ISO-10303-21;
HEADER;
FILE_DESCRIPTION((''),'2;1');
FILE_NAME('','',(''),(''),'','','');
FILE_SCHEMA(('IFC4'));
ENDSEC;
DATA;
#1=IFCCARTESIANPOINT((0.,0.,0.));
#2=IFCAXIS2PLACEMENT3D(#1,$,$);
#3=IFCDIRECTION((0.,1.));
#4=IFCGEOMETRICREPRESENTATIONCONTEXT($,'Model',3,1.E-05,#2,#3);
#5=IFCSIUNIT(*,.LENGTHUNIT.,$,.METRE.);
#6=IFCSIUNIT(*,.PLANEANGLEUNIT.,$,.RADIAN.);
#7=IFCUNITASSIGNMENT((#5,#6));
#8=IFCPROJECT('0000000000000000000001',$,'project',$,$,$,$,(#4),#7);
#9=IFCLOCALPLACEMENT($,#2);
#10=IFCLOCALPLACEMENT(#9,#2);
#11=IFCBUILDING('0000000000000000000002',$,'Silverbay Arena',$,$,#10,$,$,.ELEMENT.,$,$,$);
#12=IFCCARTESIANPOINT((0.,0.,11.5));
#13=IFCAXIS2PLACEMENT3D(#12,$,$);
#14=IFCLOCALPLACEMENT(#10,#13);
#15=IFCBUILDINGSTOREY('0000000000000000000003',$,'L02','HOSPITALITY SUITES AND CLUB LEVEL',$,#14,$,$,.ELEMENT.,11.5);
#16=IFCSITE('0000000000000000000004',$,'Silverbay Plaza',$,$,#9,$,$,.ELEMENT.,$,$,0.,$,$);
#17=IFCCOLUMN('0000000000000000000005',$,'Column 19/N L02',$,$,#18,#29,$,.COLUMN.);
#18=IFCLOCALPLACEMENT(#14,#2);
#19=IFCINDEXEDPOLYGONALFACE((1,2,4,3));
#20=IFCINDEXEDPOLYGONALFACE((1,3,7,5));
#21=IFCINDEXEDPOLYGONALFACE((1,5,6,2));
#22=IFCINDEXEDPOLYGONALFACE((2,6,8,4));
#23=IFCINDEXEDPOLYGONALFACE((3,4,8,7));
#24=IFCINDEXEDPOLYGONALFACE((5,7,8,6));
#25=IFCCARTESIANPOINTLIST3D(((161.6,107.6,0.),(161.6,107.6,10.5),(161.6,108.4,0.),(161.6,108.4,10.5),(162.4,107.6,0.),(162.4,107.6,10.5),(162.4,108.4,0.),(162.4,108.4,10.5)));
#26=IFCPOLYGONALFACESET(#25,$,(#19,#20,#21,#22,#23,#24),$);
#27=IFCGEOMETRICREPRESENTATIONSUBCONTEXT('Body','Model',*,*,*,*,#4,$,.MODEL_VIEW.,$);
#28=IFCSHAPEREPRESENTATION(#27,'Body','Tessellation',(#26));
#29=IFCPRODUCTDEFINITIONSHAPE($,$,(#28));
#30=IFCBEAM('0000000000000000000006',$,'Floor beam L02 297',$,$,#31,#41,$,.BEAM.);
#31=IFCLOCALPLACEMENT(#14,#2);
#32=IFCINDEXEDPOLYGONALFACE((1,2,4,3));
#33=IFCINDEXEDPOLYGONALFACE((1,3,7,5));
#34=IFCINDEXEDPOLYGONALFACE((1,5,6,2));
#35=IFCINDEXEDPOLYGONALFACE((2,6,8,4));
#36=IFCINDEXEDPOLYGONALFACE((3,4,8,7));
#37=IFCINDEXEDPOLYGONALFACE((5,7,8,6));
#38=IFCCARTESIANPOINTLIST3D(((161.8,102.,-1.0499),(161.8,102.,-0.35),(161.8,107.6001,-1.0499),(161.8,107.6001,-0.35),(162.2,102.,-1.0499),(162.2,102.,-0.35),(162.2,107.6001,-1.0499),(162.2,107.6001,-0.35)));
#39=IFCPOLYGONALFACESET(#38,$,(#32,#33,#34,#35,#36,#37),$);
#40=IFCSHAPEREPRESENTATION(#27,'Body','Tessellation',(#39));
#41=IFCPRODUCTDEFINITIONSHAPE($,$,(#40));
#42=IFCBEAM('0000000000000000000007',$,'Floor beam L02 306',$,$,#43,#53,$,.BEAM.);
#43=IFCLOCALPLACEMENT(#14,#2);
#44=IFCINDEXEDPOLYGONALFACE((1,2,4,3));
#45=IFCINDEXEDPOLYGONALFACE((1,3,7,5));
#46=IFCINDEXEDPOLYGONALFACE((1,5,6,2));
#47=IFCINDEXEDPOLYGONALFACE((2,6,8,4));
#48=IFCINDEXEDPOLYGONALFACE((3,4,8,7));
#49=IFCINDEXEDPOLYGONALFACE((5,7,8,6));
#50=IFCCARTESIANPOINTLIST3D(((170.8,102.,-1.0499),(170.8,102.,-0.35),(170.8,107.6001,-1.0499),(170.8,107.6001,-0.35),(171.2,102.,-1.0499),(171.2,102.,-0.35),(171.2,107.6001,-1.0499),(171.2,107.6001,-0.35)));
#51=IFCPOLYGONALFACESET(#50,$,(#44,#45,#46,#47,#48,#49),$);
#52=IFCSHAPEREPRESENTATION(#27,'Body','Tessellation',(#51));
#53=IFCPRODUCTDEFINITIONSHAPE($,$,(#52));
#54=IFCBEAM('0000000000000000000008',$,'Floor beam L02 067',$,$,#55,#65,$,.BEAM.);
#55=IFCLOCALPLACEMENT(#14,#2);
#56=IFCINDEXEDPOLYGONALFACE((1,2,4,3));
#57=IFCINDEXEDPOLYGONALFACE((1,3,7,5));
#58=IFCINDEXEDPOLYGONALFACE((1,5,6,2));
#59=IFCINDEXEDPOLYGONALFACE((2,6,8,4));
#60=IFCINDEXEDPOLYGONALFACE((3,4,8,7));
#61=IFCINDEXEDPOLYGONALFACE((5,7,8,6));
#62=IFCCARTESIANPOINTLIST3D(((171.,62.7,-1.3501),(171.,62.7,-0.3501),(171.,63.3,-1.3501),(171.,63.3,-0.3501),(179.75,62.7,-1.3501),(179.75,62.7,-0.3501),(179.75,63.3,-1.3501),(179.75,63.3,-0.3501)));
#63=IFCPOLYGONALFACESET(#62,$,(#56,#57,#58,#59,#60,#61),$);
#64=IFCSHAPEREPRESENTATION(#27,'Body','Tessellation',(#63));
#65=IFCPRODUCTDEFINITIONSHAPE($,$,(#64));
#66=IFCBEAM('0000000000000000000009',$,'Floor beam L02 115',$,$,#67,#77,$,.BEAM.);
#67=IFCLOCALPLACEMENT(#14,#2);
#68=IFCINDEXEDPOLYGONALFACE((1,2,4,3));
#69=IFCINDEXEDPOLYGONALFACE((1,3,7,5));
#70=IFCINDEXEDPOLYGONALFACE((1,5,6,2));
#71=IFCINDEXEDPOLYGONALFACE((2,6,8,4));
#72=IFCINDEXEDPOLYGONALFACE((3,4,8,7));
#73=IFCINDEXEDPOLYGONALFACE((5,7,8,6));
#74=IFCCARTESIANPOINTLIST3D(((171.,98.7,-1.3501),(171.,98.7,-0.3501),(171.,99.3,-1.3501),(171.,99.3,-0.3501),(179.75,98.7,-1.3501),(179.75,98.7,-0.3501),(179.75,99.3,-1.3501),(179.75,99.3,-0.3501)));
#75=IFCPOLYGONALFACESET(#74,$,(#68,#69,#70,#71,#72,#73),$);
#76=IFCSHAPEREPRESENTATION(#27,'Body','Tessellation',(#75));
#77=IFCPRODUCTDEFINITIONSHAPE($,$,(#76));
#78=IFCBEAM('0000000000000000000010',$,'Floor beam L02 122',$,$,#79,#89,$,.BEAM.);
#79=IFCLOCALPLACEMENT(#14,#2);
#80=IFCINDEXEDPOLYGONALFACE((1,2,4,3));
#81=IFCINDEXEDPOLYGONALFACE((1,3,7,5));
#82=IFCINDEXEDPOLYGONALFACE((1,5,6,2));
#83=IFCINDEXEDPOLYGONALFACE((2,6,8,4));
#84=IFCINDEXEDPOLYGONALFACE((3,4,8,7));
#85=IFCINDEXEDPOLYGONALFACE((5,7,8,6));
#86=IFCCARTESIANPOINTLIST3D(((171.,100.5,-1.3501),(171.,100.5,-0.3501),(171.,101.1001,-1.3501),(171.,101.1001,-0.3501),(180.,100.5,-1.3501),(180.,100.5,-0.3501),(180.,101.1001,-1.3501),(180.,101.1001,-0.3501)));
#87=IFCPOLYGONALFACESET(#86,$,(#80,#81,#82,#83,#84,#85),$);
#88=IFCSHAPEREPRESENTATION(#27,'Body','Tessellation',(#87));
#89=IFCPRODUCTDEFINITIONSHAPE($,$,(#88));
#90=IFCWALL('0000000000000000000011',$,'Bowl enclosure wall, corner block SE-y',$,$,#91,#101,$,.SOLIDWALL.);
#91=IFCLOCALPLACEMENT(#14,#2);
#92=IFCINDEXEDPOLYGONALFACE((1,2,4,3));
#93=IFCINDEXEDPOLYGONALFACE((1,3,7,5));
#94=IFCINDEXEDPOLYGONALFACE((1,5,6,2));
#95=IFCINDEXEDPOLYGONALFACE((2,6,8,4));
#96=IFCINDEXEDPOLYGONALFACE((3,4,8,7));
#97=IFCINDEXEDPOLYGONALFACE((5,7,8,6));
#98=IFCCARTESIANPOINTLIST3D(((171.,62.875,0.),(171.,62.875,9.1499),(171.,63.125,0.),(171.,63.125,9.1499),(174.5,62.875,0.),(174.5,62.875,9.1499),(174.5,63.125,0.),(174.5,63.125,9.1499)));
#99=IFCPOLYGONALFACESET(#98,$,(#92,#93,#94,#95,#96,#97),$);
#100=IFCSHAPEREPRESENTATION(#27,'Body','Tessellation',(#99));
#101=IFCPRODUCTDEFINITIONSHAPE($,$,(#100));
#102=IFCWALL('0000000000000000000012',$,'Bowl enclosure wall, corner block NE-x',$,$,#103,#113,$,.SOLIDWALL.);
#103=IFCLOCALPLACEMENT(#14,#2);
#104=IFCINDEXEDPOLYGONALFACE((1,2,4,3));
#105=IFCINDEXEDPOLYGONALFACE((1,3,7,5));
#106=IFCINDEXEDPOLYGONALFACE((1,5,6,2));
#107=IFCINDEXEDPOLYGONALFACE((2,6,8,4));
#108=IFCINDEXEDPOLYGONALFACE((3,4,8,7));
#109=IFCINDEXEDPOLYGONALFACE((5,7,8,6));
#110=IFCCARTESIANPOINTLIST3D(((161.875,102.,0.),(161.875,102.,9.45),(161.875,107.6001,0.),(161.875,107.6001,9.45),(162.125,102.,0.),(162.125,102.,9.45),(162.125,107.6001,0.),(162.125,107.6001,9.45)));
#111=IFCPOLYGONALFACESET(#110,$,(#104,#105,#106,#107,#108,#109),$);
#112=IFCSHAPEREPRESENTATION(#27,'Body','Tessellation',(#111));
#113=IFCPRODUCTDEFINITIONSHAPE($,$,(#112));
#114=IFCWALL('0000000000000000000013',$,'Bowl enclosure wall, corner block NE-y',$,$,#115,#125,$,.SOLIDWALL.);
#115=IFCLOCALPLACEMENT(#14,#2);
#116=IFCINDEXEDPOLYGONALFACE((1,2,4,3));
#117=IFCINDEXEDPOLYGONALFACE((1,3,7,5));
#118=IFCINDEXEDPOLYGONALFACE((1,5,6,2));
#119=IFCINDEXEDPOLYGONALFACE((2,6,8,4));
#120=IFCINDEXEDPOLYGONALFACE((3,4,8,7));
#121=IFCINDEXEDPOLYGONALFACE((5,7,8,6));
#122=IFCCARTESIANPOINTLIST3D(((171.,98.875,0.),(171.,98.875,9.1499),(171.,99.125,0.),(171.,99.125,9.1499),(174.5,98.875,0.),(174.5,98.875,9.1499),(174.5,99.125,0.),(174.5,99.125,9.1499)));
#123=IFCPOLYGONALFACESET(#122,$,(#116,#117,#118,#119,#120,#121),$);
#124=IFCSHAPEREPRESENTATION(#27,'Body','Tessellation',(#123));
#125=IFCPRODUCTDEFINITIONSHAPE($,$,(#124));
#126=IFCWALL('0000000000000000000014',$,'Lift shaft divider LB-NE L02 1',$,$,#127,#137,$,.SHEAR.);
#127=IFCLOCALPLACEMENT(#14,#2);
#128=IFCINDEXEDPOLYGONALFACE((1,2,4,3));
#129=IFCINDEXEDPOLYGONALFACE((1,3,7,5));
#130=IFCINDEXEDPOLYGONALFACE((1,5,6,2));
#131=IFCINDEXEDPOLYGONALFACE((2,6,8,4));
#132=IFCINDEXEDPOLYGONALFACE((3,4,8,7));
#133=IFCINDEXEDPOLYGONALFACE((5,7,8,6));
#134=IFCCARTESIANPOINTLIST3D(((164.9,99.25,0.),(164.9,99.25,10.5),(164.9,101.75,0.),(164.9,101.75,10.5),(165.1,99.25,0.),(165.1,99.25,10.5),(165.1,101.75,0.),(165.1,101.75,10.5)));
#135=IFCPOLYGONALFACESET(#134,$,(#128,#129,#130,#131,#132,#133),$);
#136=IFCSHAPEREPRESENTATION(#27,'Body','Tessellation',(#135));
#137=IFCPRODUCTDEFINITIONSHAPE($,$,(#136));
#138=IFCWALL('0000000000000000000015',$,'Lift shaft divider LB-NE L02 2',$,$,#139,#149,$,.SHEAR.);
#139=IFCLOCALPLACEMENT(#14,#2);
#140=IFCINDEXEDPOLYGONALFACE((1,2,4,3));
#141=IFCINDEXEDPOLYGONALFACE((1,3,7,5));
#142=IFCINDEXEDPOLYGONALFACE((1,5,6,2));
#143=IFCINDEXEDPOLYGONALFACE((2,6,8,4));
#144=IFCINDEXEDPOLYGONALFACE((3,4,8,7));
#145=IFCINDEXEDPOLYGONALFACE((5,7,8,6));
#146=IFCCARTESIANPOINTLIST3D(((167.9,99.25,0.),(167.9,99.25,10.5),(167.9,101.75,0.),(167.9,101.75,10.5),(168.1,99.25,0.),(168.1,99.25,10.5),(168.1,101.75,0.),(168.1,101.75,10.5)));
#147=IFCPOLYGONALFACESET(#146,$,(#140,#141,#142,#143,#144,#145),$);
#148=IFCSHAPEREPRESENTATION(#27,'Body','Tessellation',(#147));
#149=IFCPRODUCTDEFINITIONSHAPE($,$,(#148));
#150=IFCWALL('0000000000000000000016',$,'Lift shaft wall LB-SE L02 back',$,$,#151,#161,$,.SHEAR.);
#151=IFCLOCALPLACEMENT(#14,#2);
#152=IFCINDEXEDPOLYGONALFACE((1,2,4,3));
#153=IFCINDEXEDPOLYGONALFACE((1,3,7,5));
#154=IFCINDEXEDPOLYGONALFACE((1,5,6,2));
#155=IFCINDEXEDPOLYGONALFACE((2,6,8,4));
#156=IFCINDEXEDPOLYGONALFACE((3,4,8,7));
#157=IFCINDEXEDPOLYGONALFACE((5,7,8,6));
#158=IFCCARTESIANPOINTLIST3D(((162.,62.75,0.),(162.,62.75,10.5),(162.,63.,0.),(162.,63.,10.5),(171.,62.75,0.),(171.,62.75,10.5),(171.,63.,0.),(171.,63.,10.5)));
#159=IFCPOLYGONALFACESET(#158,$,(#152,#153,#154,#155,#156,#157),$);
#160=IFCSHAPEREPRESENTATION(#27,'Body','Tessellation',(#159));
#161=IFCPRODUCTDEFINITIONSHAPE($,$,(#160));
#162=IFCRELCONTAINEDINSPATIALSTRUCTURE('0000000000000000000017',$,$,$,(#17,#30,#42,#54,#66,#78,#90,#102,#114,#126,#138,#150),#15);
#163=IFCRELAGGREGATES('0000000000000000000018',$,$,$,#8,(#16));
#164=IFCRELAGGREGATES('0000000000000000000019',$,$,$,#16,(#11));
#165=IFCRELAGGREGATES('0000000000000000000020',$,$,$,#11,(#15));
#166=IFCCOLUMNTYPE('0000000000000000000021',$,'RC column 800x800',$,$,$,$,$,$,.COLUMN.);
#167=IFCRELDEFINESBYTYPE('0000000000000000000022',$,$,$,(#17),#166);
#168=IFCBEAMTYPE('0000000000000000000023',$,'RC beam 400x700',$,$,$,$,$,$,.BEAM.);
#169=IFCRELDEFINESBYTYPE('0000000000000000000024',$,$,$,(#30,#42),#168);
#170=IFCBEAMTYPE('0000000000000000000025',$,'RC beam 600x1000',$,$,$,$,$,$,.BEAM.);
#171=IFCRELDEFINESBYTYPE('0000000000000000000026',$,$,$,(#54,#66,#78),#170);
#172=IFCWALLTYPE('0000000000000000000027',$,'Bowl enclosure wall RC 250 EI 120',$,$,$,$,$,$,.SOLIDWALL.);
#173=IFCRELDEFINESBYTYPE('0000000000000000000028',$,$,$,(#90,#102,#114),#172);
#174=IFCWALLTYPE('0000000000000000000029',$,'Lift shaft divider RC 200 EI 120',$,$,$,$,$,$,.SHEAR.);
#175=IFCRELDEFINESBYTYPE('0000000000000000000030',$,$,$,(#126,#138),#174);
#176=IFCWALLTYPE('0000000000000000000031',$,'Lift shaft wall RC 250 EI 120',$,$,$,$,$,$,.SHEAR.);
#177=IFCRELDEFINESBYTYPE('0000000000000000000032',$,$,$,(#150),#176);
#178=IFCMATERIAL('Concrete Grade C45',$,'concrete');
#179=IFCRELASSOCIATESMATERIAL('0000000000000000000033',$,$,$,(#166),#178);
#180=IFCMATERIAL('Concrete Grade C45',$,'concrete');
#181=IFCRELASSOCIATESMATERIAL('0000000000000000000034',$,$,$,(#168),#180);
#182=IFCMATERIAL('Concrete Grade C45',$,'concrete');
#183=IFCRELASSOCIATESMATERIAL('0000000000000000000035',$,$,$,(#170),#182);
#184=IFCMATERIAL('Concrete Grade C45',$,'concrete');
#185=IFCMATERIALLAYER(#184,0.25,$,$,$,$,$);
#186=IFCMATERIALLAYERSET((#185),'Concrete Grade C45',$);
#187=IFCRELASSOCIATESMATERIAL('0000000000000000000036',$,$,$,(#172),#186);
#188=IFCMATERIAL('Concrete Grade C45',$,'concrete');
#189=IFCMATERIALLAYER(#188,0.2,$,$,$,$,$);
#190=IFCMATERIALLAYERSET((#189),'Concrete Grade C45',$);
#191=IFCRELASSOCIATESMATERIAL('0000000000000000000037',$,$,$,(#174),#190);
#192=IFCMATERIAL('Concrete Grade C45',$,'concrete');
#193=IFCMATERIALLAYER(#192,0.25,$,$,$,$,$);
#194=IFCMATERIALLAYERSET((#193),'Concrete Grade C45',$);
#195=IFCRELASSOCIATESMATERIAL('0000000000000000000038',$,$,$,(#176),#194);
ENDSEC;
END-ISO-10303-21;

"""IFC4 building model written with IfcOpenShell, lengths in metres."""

from ifc_helpers import new_model, si_unit, direction, frame, frame_2d, origin, origin_2d, place, context, subcontext, project, spatial, rectangle, extrude, material, layer, layer_set, material_profile, profile_set, type_object, element, save


model = new_model("IFC4")

# Units and contexts
model_context = context("Model", 3, precision=1e-05, world=origin(), true_north=direction((0.0, 1.0)))
body_context = subcontext(model_context, "Body", "Model", "MODEL_VIEW")
ifc_project = project(units=[si_unit("LENGTHUNIT", "METRE"), si_unit("PLANEANGLEUNIT", "RADIAN")], contexts=[model_context])

# Site, building, storey
site_placement = place(None, origin())
site = spatial("IfcSite", under=ifc_project, at=site_placement, Name="Silverbay Plaza", CompositionType="ELEMENT", RefElevation=0.0)
building_placement = place(site_placement, origin())
building = spatial("IfcBuilding", under=site, at=building_placement, Name="Silverbay Arena", CompositionType="ELEMENT")
storey_placement = place(building_placement, frame((0.0, 0.0, 11.5)))
storey = spatial("IfcBuildingStorey", under=building, at=storey_placement, Name="L02", Description="HOSPITALITY SUITES AND CLUB LEVEL", CompositionType="ELEMENT", Elevation=11.5)

# Column
ifc_material_1 = material(Name="Concrete Grade C45", Category="concrete")
ifc_material_profile_1 = material_profile(ifc_material_1, rectangle(XDim=0.8, YDim=0.8, at=origin_2d()), Name="RC 800x800")
ifc_profile_set_1 = profile_set([ifc_material_profile_1], Name="Concrete Grade C45")
column_type = type_object("IfcColumnType", Name="RC column 800x800", PredefinedType="COLUMN", material=ifc_profile_set_1)
column_placement = place(storey_placement, frame((162.0, 108.0, 0.0), z_axis=(0.0, 0.0, 1.0), x_axis=(1.0, 0.0, 0.0)))
element("IfcColumn", 1, at=column_placement, inside=storey, type_object=column_type, Name="Column 19/N L02", PredefinedType="COLUMN", context=body_context, shape_type="SweptSolid", body=[
    extrude(rectangle(XDim=0.8, YDim=0.8, at=origin_2d()), origin(), (0.0, 0.0, 1.0), 10.5),
])

# Beams
ifc_material_2 = material(Name="Concrete Grade C45", Category="concrete")
ifc_material_profile_2 = material_profile(ifc_material_2, rectangle(XDim=0.3999, YDim=0.7, at=origin_2d()), Name="RC 400x700")
ifc_profile_set_2 = profile_set([ifc_material_profile_2], Name="Concrete Grade C45")
beam_type_1 = type_object("IfcBeamType", Name="RC beam 400x700", PredefinedType="BEAM", material=ifc_profile_set_2)
for number, where, z_axis, x_axis, name in (
    (2, (162.0, 102.0, -0.7), (0.0, 1.0, 0.0), (-1.0, 0.0, 0.0), "Floor beam L02 297"),
    (3, (171.0, 102.0, -0.7), (0.0, 1.0, 0.0), (-1.0, 0.0, 0.0), "Floor beam L02 306"),
):
    element("IfcBeam", number, at=place(storey_placement, frame(where, z_axis=z_axis, x_axis=x_axis)), inside=storey, type_object=beam_type_1, Name=name, PredefinedType="BEAM", context=body_context, shape_type="SweptSolid", body=[
        extrude(rectangle(XDim=0.3999, YDim=0.7, at=origin_2d()), origin(), (0.0, 0.0, 1.0), 5.6001),
    ])
ifc_material_3 = material(Name="Concrete Grade C45", Category="concrete")
ifc_material_profile_3 = material_profile(ifc_material_3, rectangle(XDim=0.6001, YDim=1.0, at=origin_2d()), Name="RC 600x1000")
ifc_profile_set_3 = profile_set([ifc_material_profile_3], Name="Concrete Grade C45")
beam_type_2 = type_object("IfcBeamType", Name="RC beam 600x1000", PredefinedType="BEAM", material=ifc_profile_set_3)
for number, where, z_axis, x_axis, name in (
    (4, (171.0, 63.0, -0.8501), (1.0, 0.0, 0.0), (0.0, 1.0, 0.0), "Floor beam L02 067"),
    (5, (171.0, 99.0, -0.8501), (1.0, 0.0, 0.0), (0.0, 1.0, 0.0), "Floor beam L02 115"),
):
    element("IfcBeam", number, at=place(storey_placement, frame(where, z_axis=z_axis, x_axis=x_axis)), inside=storey, type_object=beam_type_2, Name=name, PredefinedType="BEAM", context=body_context, shape_type="SweptSolid", body=[
        extrude(rectangle(XDim=0.6001, YDim=1.0, at=origin_2d()), origin(), (0.0, 0.0, 1.0), 8.75),
    ])
beam_placement = place(storey_placement, frame((171.0, 100.8, -0.8501), z_axis=(1.0, 0.0, 0.0), x_axis=(0.0, 1.0, 0.0)))
element("IfcBeam", 6, at=beam_placement, inside=storey, type_object=beam_type_2, Name="Floor beam L02 122", PredefinedType="BEAM", context=body_context, shape_type="SweptSolid", body=[
    extrude(rectangle(XDim=0.6001, YDim=1.0, at=origin_2d()), origin(), (0.0, 0.0, 1.0), 9.0),
])

# Walls
ifc_material_4 = material(Name="Concrete Grade C45", Category="concrete")
ifc_layer_1 = layer(ifc_material_4, 0.25)
ifc_layer_set_1 = layer_set([ifc_layer_1], Name="Concrete Grade C45")
wall_type_1 = type_object("IfcWallType", Name="Bowl enclosure wall RC 250 EI 120", PredefinedType="SOLIDWALL", material=ifc_layer_set_1)
wall_1_placement = place(storey_placement, frame((171.0, 63.0, 0.0), z_axis=(0.0, 0.0, 1.0), x_axis=(1.0, 0.0, 0.0)))
element("IfcWall", 7, at=wall_1_placement, inside=storey, type_object=wall_type_1, Name="Bowl enclosure wall, corner block SE-y", PredefinedType="SOLIDWALL", context=body_context, shape_type="SweptSolid", body=[
    extrude(rectangle(XDim=3.5, YDim=0.25, at=frame_2d((1.75, 0.0))), origin(), (0.0, 0.0, 1.0), 9.1499),
])
wall_2_placement = place(storey_placement, frame((162.0, 102.0, 0.0), z_axis=(0.0, 0.0, 1.0), x_axis=(0.0, 1.0, 0.0)))
element("IfcWall", 8, at=wall_2_placement, inside=storey, type_object=wall_type_1, Name="Bowl enclosure wall, corner block NE-x", PredefinedType="SOLIDWALL", context=body_context, shape_type="SweptSolid", body=[
    extrude(rectangle(XDim=5.6001, YDim=0.25, at=frame_2d((2.8, 0.0))), origin(), (0.0, 0.0, 1.0), 9.45),
])
wall_3_placement = place(storey_placement, frame((171.0, 99.0, 0.0), z_axis=(0.0, 0.0, 1.0), x_axis=(1.0, 0.0, 0.0)))
element("IfcWall", 9, at=wall_3_placement, inside=storey, type_object=wall_type_1, Name="Bowl enclosure wall, corner block NE-y", PredefinedType="SOLIDWALL", context=body_context, shape_type="SweptSolid", body=[
    extrude(rectangle(XDim=3.5, YDim=0.25, at=frame_2d((1.75, 0.0))), origin(), (0.0, 0.0, 1.0), 9.1499),
])
ifc_material_5 = material(Name="Concrete Grade C45", Category="concrete")
ifc_layer_2 = layer(ifc_material_5, 0.2)
ifc_layer_set_2 = layer_set([ifc_layer_2], Name="Concrete Grade C45")
wall_type_2 = type_object("IfcWallType", Name="Lift shaft divider RC 200 EI 120", PredefinedType="SHEAR", material=ifc_layer_set_2)
for number, where, z_axis, x_axis, name in (
    (10, (165.0, 99.25, 0.0), (0.0, 0.0, 1.0), (0.0, 1.0, 0.0), "Lift shaft divider LB-NE L02 1"),
    (11, (168.0, 99.25, 0.0), (0.0, 0.0, 1.0), (0.0, 1.0, 0.0), "Lift shaft divider LB-NE L02 2"),
):
    element("IfcWall", number, at=place(storey_placement, frame(where, z_axis=z_axis, x_axis=x_axis)), inside=storey, type_object=wall_type_2, Name=name, PredefinedType="SHEAR", context=body_context, shape_type="SweptSolid", body=[
        extrude(rectangle(XDim=2.5, YDim=0.2, at=frame_2d((1.25, 0.0))), origin(), (0.0, 0.0, 1.0), 10.5),
    ])
ifc_material_6 = material(Name="Concrete Grade C45", Category="concrete")
ifc_layer_3 = layer(ifc_material_6, 0.25)
ifc_layer_set_3 = layer_set([ifc_layer_3], Name="Concrete Grade C45")
wall_type_3 = type_object("IfcWallType", Name="Lift shaft wall RC 250 EI 120", PredefinedType="SHEAR", material=ifc_layer_set_3)
wall_4_placement = place(storey_placement, frame((162.0, 62.875, 0.0), z_axis=(0.0, 0.0, 1.0), x_axis=(1.0, 0.0, 0.0)))
element("IfcWall", 12, at=wall_4_placement, inside=storey, type_object=wall_type_3, Name="Lift shaft wall LB-SE L02 back", PredefinedType="SHEAR", context=body_context, shape_type="SweptSolid", body=[
    extrude(rectangle(XDim=9.0, YDim=0.25, at=frame_2d((4.5, 0.0))), origin(), (0.0, 0.0, 1.0), 10.5),
])

save(model, "model.ifc")
